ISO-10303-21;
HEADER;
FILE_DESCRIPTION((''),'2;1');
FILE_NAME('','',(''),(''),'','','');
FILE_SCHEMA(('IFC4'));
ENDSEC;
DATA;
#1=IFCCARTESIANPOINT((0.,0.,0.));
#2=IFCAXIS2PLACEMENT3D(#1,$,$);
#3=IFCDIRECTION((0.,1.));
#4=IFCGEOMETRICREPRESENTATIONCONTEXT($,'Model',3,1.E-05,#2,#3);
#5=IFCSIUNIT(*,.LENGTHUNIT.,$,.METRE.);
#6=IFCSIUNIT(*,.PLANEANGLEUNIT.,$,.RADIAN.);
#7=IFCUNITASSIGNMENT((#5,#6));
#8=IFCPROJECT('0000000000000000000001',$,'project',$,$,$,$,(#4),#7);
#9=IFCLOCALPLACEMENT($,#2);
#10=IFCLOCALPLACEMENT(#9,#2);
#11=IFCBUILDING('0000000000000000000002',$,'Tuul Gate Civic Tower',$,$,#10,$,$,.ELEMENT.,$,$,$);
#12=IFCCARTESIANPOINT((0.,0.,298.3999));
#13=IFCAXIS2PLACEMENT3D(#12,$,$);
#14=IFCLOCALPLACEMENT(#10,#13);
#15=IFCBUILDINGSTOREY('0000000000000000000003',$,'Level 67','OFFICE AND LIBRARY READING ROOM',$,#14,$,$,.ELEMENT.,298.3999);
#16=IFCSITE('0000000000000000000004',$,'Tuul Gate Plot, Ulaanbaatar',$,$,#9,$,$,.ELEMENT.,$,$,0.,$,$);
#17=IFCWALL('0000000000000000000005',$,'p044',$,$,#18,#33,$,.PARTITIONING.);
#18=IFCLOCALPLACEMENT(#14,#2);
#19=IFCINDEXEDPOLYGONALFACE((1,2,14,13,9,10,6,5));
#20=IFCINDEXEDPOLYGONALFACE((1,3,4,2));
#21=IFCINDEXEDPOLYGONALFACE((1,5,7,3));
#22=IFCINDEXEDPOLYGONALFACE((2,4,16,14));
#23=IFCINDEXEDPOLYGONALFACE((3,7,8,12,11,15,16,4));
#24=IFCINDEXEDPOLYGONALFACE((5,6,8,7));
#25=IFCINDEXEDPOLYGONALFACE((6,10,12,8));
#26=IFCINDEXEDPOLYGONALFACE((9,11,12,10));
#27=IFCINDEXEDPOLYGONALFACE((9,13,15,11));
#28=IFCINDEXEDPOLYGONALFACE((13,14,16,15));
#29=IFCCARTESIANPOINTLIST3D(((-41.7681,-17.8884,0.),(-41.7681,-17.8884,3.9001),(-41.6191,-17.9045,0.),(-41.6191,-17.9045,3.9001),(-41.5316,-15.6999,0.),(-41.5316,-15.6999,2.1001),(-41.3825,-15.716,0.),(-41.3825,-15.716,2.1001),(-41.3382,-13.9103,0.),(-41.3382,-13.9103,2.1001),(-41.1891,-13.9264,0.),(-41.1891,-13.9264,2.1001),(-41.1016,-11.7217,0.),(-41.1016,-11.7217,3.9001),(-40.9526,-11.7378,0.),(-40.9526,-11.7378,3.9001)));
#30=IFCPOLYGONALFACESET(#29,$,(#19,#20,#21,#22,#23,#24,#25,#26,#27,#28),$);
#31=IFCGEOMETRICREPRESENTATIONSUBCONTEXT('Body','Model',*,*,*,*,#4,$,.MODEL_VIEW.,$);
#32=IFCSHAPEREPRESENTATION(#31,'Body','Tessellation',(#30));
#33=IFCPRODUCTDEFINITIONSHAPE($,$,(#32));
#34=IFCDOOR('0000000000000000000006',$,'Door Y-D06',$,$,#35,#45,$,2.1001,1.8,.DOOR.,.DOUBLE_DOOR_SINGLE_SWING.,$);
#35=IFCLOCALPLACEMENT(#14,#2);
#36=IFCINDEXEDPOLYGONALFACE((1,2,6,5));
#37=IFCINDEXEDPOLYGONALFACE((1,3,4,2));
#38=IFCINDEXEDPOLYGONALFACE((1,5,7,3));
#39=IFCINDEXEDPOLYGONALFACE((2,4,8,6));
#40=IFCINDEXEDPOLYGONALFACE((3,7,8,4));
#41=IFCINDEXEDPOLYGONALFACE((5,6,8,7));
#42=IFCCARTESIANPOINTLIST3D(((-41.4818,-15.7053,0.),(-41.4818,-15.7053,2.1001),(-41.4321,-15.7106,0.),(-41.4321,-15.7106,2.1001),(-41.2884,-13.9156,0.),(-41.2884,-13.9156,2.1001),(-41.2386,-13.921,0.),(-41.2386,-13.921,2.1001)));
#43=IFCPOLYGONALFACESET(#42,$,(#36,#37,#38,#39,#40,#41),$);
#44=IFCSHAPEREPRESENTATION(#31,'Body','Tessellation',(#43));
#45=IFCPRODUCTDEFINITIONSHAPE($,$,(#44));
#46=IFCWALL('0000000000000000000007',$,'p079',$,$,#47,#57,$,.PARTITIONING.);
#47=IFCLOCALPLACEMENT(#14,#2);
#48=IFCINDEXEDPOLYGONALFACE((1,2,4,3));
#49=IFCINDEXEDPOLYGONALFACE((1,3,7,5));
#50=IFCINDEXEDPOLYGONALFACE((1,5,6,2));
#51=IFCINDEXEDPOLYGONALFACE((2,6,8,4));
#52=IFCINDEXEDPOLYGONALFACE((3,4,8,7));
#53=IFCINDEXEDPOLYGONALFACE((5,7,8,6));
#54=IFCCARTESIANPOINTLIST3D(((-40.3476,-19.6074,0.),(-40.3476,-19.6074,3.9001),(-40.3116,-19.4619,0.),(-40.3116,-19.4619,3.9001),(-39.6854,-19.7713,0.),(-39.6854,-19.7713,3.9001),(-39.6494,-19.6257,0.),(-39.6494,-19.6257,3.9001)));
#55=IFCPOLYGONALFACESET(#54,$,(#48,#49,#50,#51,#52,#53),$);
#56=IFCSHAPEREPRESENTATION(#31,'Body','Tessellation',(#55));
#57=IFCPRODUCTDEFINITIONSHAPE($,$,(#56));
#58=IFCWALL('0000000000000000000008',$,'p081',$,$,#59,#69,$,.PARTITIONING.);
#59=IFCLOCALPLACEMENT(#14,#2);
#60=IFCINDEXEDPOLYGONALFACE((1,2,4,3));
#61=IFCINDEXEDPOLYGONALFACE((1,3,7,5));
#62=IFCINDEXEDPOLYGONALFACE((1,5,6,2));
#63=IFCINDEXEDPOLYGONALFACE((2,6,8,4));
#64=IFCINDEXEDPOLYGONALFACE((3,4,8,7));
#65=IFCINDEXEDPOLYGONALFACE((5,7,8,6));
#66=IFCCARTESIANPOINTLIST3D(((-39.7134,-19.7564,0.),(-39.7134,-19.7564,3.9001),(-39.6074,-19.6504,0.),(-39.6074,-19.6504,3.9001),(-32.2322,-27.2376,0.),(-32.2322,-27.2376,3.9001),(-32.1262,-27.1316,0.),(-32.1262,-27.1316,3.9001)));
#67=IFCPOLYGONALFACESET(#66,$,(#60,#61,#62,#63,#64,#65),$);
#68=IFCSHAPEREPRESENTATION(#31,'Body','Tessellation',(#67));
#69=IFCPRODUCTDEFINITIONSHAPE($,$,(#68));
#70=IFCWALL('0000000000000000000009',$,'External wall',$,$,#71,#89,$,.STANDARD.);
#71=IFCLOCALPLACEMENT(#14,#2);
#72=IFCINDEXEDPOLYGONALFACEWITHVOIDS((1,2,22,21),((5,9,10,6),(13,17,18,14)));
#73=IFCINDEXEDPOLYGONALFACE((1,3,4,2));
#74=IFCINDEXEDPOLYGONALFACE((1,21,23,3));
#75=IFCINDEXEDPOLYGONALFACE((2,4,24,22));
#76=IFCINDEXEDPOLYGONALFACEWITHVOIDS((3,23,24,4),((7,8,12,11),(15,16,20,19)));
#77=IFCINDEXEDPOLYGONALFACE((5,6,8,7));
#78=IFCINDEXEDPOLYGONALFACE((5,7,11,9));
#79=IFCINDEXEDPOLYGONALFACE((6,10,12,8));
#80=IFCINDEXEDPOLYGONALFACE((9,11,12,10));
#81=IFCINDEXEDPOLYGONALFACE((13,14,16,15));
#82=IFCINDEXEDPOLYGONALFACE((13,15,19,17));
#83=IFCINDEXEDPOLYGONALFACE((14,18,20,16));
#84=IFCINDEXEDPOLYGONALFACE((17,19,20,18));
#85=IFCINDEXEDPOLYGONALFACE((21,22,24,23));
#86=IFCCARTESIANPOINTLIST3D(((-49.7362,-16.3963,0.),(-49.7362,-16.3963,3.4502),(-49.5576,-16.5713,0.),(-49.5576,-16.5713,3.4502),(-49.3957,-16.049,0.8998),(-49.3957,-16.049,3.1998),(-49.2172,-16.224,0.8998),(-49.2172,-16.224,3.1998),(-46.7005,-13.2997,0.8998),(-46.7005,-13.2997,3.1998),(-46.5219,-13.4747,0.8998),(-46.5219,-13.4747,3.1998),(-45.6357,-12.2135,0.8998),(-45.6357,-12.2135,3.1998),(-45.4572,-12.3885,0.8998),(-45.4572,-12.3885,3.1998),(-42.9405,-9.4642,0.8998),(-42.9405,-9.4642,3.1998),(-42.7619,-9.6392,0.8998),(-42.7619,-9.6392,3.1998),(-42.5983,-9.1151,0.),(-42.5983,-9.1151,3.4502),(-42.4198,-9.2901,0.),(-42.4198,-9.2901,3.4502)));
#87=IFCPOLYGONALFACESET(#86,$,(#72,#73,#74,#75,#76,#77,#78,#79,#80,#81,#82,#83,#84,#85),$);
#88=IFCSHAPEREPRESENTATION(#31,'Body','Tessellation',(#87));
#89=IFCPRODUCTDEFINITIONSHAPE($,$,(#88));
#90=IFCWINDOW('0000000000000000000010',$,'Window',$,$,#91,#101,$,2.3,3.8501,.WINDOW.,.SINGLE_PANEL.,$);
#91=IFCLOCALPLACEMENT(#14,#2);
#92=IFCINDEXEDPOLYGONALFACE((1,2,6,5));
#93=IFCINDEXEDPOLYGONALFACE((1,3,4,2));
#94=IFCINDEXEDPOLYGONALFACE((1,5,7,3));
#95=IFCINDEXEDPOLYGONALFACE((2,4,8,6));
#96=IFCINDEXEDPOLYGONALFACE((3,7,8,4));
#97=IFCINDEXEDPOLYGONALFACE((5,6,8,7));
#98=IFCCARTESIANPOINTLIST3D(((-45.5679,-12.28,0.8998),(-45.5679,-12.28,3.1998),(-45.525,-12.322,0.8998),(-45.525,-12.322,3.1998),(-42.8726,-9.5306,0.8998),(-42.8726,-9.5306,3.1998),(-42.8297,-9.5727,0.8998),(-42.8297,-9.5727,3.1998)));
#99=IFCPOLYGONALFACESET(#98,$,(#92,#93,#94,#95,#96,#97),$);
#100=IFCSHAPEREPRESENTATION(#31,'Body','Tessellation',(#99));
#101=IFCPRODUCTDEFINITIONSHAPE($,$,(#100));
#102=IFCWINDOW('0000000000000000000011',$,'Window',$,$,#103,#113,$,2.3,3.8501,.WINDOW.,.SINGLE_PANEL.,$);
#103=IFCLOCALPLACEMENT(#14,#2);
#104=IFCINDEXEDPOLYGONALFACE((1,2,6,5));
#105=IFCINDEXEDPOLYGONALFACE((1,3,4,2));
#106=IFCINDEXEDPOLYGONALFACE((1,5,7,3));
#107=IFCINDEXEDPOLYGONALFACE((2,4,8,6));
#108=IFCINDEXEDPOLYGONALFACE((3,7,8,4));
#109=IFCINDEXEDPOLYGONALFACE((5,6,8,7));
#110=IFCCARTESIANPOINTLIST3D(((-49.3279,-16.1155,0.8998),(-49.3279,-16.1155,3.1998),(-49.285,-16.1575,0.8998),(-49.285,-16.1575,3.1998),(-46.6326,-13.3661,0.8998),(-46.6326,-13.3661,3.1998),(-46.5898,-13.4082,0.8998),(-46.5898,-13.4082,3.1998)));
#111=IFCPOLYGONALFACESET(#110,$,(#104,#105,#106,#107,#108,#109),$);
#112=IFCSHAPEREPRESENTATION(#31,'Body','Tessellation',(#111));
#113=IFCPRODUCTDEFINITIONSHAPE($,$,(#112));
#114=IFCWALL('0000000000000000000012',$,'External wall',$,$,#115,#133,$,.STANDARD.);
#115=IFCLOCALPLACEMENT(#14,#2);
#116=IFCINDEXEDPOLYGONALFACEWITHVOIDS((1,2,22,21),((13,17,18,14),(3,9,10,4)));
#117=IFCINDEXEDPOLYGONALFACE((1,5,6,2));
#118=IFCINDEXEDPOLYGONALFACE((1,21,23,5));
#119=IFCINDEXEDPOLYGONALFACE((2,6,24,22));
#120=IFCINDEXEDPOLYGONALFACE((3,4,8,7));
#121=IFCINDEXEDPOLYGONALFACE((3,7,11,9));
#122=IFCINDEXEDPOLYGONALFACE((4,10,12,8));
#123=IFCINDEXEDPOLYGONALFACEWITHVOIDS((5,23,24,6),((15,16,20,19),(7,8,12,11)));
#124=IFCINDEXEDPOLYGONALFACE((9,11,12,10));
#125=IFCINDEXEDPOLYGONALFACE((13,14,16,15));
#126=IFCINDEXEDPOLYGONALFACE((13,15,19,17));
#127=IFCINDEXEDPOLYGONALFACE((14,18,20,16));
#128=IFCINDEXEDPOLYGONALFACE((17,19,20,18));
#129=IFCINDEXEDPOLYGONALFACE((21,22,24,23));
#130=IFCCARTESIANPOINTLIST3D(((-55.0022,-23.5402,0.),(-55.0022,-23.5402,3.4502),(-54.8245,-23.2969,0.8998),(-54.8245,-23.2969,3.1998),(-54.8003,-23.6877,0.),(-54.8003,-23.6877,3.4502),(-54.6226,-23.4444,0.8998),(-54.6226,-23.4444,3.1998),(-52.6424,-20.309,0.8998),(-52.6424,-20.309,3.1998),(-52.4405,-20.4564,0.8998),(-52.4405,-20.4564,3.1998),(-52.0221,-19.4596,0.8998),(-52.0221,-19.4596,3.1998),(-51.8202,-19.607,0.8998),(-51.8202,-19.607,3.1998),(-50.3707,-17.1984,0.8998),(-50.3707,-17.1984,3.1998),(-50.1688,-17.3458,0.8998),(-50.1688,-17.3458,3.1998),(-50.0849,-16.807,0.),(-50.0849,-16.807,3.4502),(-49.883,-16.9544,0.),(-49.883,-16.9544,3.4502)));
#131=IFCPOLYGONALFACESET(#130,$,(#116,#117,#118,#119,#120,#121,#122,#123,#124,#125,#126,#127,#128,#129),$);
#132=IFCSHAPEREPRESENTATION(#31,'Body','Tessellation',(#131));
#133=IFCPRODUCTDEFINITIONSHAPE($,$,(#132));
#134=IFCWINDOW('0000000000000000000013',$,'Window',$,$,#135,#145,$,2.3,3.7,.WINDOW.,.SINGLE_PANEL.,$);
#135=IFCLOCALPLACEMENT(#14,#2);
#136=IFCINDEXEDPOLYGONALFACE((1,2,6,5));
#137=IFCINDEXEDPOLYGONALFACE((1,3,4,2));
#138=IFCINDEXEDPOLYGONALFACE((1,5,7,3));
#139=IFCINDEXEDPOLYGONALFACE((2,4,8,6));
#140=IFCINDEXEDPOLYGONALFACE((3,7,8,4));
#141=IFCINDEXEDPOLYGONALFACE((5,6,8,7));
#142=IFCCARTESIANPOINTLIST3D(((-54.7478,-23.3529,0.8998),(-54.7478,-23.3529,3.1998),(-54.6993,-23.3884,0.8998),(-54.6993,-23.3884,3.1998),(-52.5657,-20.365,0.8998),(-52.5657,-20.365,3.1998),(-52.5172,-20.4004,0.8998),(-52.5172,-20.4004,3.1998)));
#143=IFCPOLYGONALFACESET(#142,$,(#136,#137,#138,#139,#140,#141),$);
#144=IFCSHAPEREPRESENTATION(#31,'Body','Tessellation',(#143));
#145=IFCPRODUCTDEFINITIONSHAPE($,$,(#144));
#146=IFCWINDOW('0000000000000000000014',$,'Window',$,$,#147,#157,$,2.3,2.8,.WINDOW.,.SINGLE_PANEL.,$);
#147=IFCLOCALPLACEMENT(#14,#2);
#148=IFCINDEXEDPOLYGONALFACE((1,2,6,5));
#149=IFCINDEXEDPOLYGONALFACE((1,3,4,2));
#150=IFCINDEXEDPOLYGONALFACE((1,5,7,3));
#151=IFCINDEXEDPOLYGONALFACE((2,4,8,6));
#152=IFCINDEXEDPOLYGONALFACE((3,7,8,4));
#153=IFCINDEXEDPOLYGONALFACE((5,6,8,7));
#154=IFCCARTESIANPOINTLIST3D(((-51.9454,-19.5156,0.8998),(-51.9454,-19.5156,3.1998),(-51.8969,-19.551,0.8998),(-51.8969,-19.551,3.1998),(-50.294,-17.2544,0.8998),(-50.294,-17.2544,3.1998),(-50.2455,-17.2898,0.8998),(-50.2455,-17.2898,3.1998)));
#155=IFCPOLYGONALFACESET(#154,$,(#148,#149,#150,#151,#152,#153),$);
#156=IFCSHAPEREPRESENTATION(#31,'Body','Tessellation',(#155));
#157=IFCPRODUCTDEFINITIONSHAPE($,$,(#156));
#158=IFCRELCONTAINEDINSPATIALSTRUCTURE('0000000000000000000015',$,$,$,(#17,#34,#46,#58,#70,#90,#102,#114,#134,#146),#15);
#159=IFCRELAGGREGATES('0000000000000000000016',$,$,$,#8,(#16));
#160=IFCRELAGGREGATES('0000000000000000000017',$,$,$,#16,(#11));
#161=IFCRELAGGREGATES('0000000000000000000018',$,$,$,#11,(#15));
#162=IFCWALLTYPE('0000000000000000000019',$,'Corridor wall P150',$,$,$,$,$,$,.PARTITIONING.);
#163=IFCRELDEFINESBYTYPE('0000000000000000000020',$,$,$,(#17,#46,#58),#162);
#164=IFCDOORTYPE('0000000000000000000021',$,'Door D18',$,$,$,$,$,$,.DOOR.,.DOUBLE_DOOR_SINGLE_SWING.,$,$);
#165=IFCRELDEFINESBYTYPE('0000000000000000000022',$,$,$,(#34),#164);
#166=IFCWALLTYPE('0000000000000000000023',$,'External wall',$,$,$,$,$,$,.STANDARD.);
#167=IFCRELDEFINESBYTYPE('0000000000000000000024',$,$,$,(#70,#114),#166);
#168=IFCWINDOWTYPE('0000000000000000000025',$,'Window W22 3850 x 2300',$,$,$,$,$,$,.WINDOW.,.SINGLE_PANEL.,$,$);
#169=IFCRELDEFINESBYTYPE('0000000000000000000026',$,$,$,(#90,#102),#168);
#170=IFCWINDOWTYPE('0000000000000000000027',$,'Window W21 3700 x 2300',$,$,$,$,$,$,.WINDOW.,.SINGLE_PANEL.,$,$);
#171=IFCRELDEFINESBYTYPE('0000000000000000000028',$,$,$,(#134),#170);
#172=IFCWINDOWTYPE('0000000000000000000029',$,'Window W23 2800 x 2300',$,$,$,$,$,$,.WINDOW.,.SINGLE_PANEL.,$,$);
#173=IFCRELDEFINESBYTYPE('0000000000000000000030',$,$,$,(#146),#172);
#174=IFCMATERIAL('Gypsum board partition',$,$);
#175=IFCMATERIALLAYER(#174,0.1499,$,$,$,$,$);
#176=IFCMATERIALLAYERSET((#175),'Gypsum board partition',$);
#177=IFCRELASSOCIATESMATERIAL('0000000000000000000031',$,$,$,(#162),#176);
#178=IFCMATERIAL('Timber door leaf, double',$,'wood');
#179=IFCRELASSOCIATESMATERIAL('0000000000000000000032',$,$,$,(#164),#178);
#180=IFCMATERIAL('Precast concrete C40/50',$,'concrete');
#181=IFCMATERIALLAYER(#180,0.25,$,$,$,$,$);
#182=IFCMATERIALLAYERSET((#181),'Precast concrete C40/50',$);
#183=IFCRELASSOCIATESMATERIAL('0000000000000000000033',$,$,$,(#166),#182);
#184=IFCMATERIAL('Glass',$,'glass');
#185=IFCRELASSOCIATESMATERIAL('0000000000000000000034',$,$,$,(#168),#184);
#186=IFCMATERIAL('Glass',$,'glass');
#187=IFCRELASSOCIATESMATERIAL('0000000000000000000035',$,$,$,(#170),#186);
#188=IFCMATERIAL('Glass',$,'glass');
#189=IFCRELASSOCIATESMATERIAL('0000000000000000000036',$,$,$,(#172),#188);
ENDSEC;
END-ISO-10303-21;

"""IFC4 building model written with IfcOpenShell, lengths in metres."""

from ifc_helpers import new_model, si_unit, direction, frame, frame_2d, origin, place, context, subcontext, project, spatial, rectangle, extrude, material, layer, layer_set, type_object, element, fill, save


model = new_model("IFC4")

# Units and contexts
model_context = context("Model", 3, precision=1e-05, world=origin(), true_north=direction((0.0, 1.0)))
body_context = subcontext(model_context, "Body", "Model", "MODEL_VIEW")
ifc_project = project(units=[si_unit("LENGTHUNIT", "METRE"), si_unit("PLANEANGLEUNIT", "RADIAN")], contexts=[model_context])

# Site, building, storey
site_placement = place(None, origin())
site = spatial("IfcSite", under=ifc_project, at=site_placement, Name="Tuul Gate Plot, Ulaanbaatar", CompositionType="ELEMENT", RefElevation=0.0)
building_placement = place(site_placement, origin())
building = spatial("IfcBuilding", under=site, at=building_placement, Name="Tuul Gate Civic Tower", CompositionType="ELEMENT")
storey_placement = place(building_placement, frame((0.0, 0.0, 298.3999)))
storey = spatial("IfcBuildingStorey", under=building, at=storey_placement, Name="Level 67", Description="OFFICE AND LIBRARY READING ROOM", CompositionType="ELEMENT", Elevation=298.3999)

# Wall, opening, door
ifc_material_1 = material(Name="Gypsum board partition")
ifc_layer_1 = layer(ifc_material_1, 0.1499)
ifc_layer_set_1 = layer_set([ifc_layer_1], Name="Gypsum board partition")
wall_type_1 = type_object("IfcWallType", Name="Corridor wall P150", PredefinedType="PARTITIONING", material=ifc_layer_set_1)
wall_1_placement = place(storey_placement, frame((-41.6936, -17.8965, 0.0), z_axis=(0.0, 0.0, 1.0), x_axis=(0.107455, 0.99421, 0.0)))
wall_1 = element("IfcWall", 1, at=wall_1_placement, inside=storey, type_object=wall_type_1, Name="p044", PredefinedType="PARTITIONING", context=body_context, shape_type="SweptSolid", body=[
    extrude(rectangle(XDim=6.2026, YDim=0.1499, at=frame_2d((3.1013, 0.0))), origin(), (0.0, 0.0, 1.0), 3.9001),
])
opening_1_placement = place(wall_1_placement, frame((2.2014, 0.0, 0.0)))
opening_1 = element("IfcOpeningElement", 2, at=opening_1_placement, cuts=wall_1, PredefinedType="OPENING", context=body_context, shape_type="SweptSolid", body=[
    extrude(rectangle(XDim=1.8, YDim=2.1001, at=frame_2d((0.8999, 1.05))), frame((0.0, 0.085, 0.0), z_axis=(0.0, -1.0, 0.0), x_axis=(1.0, 0.0, 0.0)), (0.0, 0.0, 1.0), 0.1699),
])
ifc_material_2 = material(Name="Timber door leaf, double", Category="wood")
door_type_1 = type_object("IfcDoorType", Name="Door D18", OperationType="DOUBLE_DOOR_SINGLE_SWING", PredefinedType="DOOR", material=ifc_material_2)
door_1_placement = place(opening_1_placement, origin())
door_1 = element("IfcDoor", 3, at=door_1_placement, inside=storey, type_object=door_type_1, Name="Door Y-D06", OperationType="DOUBLE_DOOR_SINGLE_SWING", OverallHeight=2.1001, OverallWidth=1.8, PredefinedType="DOOR", context=body_context, shape_type="SweptSolid", body=[
    extrude(rectangle(XDim=1.8, YDim=2.1001, at=frame_2d((0.8999, 1.05))), frame((0.0, 0.0249, 0.0), z_axis=(0.0, -1.0, 0.0), x_axis=(1.0, 0.0, 0.0)), (0.0, 0.0, 1.0), 0.05),
])
fill(opening_1, door_1)

# Walls
wall_2_placement = place(storey_placement, frame((-40.3296, -19.5347, 0.0), z_axis=(0.0, 0.0, 1.0), x_axis=(0.970729, -0.240177, 0.0)))
element("IfcWall", 4, at=wall_2_placement, inside=storey, type_object=wall_type_1, Name="p079", PredefinedType="PARTITIONING", context=body_context, shape_type="SweptSolid", body=[
    extrude(rectangle(XDim=0.6821, YDim=0.1499, at=frame_2d((0.3411, 0.0))), origin(), (0.0, 0.0, 1.0), 3.9001),
])
wall_3_placement = place(storey_placement, frame((-39.6604, -19.7034, 0.0), z_axis=(0.0, 0.0, 1.0), x_axis=(0.707107, -0.707107, 0.0)))
element("IfcWall", 5, at=wall_3_placement, inside=storey, type_object=wall_type_1, Name="p081", PredefinedType="PARTITIONING", context=body_context, shape_type="SweptSolid", body=[
    extrude(rectangle(XDim=10.5801, YDim=0.1499, at=frame_2d((5.29, 0.0))), origin(), (0.0, 0.0, 1.0), 3.9001),
])

# Walls, openings, windows
ifc_material_3 = material(Name="Precast concrete C40/50", Category="concrete")
ifc_layer_2 = layer(ifc_material_3, 0.25)
ifc_layer_set_2 = layer_set([ifc_layer_2], Name="Precast concrete C40/50")
wall_type_2 = type_object("IfcWallType", Name="External wall", PredefinedType="STANDARD", material=ifc_layer_set_2)
wall_4_placement = place(storey_placement, frame((-42.509, -9.2026, 0.0), z_axis=(0.0, 0.0, 1.0), x_axis=(-0.700044, -0.714099, 0.0)))
wall_4 = element("IfcWall", 6, at=wall_4_placement, inside=storey, type_object=wall_type_2, Name="External wall", PredefinedType="STANDARD", context=body_context, shape_type="SweptSolid", body=[
    extrude(rectangle(XDim=10.1963, YDim=0.25, at=frame_2d((5.0981, 0.0))), origin(), (0.0, 0.0, 1.0), 3.4502),
])
opening_2_placement = place(wall_4_placement, frame((0.4888, 0.0, 0.8999)))
opening_2 = element("IfcOpeningElement", 7, at=opening_2_placement, cuts=wall_4, PredefinedType="OPENING", context=body_context, shape_type="SweptSolid", body=[
    extrude(rectangle(XDim=3.8501, YDim=2.3, at=frame_2d((1.925, 1.1499))), frame((0.0, 0.135, 0.0), z_axis=(0.0, -1.0, 0.0), x_axis=(1.0, 0.0, 0.0)), (0.0, 0.0, 1.0), 0.27),
])
opening_3_placement = place(wall_4_placement, frame((5.8599, 0.0, 0.8999)))
opening_3 = element("IfcOpeningElement", 8, at=opening_3_placement, cuts=wall_4, PredefinedType="OPENING", context=body_context, shape_type="SweptSolid", body=[
    extrude(rectangle(XDim=3.8501, YDim=2.3, at=frame_2d((1.925, 1.1499))), frame((0.0, 0.135, 0.0), z_axis=(0.0, -1.0, 0.0), x_axis=(1.0, 0.0, 0.0)), (0.0, 0.0, 1.0), 0.27),
])
ifc_material_4 = material(Name="Glass", Category="glass")
window_type_1 = type_object("IfcWindowType", Name="Window W22 3850 x 2300", PartitioningType="SINGLE_PANEL", PredefinedType="WINDOW", material=ifc_material_4)
window_1_placement = place(opening_2_placement, origin())
window_1 = element("IfcWindow", 9, at=window_1_placement, inside=storey, type_object=window_type_1, Name="Window", OverallHeight=2.3, OverallWidth=3.8501, PartitioningType="SINGLE_PANEL", PredefinedType="WINDOW", context=body_context, shape_type="SweptSolid", body=[
    extrude(rectangle(XDim=3.8501, YDim=2.3, at=frame_2d((1.925, 1.1499))), frame((0.0, 0.03, 0.0), z_axis=(0.0, -1.0, 0.0), x_axis=(1.0, 0.0, 0.0)), (0.0, 0.0, 1.0), 0.0601),
])
fill(opening_2, window_1)
window_2_placement = place(opening_3_placement, origin())
window_2 = element("IfcWindow", 10, at=window_2_placement, inside=storey, type_object=window_type_1, Name="Window", OverallHeight=2.3, OverallWidth=3.8501, PartitioningType="SINGLE_PANEL", PredefinedType="WINDOW", context=body_context, shape_type="SweptSolid", body=[
    extrude(rectangle(XDim=3.8501, YDim=2.3, at=frame_2d((1.925, 1.1499))), frame((0.0, 0.03, 0.0), z_axis=(0.0, -1.0, 0.0), x_axis=(1.0, 0.0, 0.0)), (0.0, 0.0, 1.0), 0.0601),
])
fill(opening_3, window_2)
wall_5_placement = place(storey_placement, frame((-49.9839, -16.8806, 0.0), z_axis=(0.0, 0.0, 1.0), x_axis=(-0.589771, -0.807571, 0.0)))
wall_5 = element("IfcWall", 11, at=wall_5_placement, inside=storey, type_object=wall_type_2, Name="External wall", PredefinedType="STANDARD", context=body_context, shape_type="SweptSolid", body=[
    extrude(rectangle(XDim=8.3376, YDim=0.25, at=frame_2d((4.1689, 0.0))), origin(), (0.0, 0.0, 1.0), 3.4502),
])
opening_4_placement = place(wall_5_placement, frame((0.4849, 0.0, 0.8999)))
opening_4 = element("IfcOpeningElement", 12, at=opening_4_placement, cuts=wall_5, PredefinedType="OPENING", context=body_context, shape_type="SweptSolid", body=[
    extrude(rectangle(XDim=2.8, YDim=2.3, at=frame_2d((1.3999, 1.1499))), frame((0.0, 0.135, 0.0), z_axis=(0.0, -1.0, 0.0), x_axis=(1.0, 0.0, 0.0)), (0.0, 0.0, 1.0), 0.27),
])
opening_5_placement = place(wall_5_placement, frame((4.3364, 0.0, 0.8999)))
opening_5 = element("IfcOpeningElement", 13, at=opening_5_placement, cuts=wall_5, PredefinedType="OPENING", context=body_context, shape_type="SweptSolid", body=[
    extrude(rectangle(XDim=3.7, YDim=2.3, at=frame_2d((1.8501, 1.1499))), frame((0.0, 0.135, 0.0), z_axis=(0.0, -1.0, 0.0), x_axis=(1.0, 0.0, 0.0)), (0.0, 0.0, 1.0), 0.27),
])
ifc_material_5 = material(Name="Glass", Category="glass")
window_type_2 = type_object("IfcWindowType", Name="Window W21 3700 x 2300", PartitioningType="SINGLE_PANEL", PredefinedType="WINDOW", material=ifc_material_5)
window_3_placement = place(opening_5_placement, origin())
window_3 = element("IfcWindow", 14, at=window_3_placement, inside=storey, type_object=window_type_2, Name="Window", OverallHeight=2.3, OverallWidth=3.7, PartitioningType="SINGLE_PANEL", PredefinedType="WINDOW", context=body_context, shape_type="SweptSolid", body=[
    extrude(rectangle(XDim=3.7, YDim=2.3, at=frame_2d((1.8501, 1.1499))), frame((0.0, 0.03, 0.0), z_axis=(0.0, -1.0, 0.0), x_axis=(1.0, 0.0, 0.0)), (0.0, 0.0, 1.0), 0.0601),
])
fill(opening_5, window_3)
ifc_material_6 = material(Name="Glass", Category="glass")
window_type_3 = type_object("IfcWindowType", Name="Window W23 2800 x 2300", PartitioningType="SINGLE_PANEL", PredefinedType="WINDOW", material=ifc_material_6)
window_4_placement = place(opening_4_placement, origin())
window_4 = element("IfcWindow", 15, at=window_4_placement, inside=storey, type_object=window_type_3, Name="Window", OverallHeight=2.3, OverallWidth=2.8, PartitioningType="SINGLE_PANEL", PredefinedType="WINDOW", context=body_context, shape_type="SweptSolid", body=[
    extrude(rectangle(XDim=2.8, YDim=2.3, at=frame_2d((1.3999, 1.1499))), frame((0.0, 0.03, 0.0), z_axis=(0.0, -1.0, 0.0), x_axis=(1.0, 0.0, 0.0)), (0.0, 0.0, 1.0), 0.0601),
])
fill(opening_4, window_4)

save(model, "model.ifc")
